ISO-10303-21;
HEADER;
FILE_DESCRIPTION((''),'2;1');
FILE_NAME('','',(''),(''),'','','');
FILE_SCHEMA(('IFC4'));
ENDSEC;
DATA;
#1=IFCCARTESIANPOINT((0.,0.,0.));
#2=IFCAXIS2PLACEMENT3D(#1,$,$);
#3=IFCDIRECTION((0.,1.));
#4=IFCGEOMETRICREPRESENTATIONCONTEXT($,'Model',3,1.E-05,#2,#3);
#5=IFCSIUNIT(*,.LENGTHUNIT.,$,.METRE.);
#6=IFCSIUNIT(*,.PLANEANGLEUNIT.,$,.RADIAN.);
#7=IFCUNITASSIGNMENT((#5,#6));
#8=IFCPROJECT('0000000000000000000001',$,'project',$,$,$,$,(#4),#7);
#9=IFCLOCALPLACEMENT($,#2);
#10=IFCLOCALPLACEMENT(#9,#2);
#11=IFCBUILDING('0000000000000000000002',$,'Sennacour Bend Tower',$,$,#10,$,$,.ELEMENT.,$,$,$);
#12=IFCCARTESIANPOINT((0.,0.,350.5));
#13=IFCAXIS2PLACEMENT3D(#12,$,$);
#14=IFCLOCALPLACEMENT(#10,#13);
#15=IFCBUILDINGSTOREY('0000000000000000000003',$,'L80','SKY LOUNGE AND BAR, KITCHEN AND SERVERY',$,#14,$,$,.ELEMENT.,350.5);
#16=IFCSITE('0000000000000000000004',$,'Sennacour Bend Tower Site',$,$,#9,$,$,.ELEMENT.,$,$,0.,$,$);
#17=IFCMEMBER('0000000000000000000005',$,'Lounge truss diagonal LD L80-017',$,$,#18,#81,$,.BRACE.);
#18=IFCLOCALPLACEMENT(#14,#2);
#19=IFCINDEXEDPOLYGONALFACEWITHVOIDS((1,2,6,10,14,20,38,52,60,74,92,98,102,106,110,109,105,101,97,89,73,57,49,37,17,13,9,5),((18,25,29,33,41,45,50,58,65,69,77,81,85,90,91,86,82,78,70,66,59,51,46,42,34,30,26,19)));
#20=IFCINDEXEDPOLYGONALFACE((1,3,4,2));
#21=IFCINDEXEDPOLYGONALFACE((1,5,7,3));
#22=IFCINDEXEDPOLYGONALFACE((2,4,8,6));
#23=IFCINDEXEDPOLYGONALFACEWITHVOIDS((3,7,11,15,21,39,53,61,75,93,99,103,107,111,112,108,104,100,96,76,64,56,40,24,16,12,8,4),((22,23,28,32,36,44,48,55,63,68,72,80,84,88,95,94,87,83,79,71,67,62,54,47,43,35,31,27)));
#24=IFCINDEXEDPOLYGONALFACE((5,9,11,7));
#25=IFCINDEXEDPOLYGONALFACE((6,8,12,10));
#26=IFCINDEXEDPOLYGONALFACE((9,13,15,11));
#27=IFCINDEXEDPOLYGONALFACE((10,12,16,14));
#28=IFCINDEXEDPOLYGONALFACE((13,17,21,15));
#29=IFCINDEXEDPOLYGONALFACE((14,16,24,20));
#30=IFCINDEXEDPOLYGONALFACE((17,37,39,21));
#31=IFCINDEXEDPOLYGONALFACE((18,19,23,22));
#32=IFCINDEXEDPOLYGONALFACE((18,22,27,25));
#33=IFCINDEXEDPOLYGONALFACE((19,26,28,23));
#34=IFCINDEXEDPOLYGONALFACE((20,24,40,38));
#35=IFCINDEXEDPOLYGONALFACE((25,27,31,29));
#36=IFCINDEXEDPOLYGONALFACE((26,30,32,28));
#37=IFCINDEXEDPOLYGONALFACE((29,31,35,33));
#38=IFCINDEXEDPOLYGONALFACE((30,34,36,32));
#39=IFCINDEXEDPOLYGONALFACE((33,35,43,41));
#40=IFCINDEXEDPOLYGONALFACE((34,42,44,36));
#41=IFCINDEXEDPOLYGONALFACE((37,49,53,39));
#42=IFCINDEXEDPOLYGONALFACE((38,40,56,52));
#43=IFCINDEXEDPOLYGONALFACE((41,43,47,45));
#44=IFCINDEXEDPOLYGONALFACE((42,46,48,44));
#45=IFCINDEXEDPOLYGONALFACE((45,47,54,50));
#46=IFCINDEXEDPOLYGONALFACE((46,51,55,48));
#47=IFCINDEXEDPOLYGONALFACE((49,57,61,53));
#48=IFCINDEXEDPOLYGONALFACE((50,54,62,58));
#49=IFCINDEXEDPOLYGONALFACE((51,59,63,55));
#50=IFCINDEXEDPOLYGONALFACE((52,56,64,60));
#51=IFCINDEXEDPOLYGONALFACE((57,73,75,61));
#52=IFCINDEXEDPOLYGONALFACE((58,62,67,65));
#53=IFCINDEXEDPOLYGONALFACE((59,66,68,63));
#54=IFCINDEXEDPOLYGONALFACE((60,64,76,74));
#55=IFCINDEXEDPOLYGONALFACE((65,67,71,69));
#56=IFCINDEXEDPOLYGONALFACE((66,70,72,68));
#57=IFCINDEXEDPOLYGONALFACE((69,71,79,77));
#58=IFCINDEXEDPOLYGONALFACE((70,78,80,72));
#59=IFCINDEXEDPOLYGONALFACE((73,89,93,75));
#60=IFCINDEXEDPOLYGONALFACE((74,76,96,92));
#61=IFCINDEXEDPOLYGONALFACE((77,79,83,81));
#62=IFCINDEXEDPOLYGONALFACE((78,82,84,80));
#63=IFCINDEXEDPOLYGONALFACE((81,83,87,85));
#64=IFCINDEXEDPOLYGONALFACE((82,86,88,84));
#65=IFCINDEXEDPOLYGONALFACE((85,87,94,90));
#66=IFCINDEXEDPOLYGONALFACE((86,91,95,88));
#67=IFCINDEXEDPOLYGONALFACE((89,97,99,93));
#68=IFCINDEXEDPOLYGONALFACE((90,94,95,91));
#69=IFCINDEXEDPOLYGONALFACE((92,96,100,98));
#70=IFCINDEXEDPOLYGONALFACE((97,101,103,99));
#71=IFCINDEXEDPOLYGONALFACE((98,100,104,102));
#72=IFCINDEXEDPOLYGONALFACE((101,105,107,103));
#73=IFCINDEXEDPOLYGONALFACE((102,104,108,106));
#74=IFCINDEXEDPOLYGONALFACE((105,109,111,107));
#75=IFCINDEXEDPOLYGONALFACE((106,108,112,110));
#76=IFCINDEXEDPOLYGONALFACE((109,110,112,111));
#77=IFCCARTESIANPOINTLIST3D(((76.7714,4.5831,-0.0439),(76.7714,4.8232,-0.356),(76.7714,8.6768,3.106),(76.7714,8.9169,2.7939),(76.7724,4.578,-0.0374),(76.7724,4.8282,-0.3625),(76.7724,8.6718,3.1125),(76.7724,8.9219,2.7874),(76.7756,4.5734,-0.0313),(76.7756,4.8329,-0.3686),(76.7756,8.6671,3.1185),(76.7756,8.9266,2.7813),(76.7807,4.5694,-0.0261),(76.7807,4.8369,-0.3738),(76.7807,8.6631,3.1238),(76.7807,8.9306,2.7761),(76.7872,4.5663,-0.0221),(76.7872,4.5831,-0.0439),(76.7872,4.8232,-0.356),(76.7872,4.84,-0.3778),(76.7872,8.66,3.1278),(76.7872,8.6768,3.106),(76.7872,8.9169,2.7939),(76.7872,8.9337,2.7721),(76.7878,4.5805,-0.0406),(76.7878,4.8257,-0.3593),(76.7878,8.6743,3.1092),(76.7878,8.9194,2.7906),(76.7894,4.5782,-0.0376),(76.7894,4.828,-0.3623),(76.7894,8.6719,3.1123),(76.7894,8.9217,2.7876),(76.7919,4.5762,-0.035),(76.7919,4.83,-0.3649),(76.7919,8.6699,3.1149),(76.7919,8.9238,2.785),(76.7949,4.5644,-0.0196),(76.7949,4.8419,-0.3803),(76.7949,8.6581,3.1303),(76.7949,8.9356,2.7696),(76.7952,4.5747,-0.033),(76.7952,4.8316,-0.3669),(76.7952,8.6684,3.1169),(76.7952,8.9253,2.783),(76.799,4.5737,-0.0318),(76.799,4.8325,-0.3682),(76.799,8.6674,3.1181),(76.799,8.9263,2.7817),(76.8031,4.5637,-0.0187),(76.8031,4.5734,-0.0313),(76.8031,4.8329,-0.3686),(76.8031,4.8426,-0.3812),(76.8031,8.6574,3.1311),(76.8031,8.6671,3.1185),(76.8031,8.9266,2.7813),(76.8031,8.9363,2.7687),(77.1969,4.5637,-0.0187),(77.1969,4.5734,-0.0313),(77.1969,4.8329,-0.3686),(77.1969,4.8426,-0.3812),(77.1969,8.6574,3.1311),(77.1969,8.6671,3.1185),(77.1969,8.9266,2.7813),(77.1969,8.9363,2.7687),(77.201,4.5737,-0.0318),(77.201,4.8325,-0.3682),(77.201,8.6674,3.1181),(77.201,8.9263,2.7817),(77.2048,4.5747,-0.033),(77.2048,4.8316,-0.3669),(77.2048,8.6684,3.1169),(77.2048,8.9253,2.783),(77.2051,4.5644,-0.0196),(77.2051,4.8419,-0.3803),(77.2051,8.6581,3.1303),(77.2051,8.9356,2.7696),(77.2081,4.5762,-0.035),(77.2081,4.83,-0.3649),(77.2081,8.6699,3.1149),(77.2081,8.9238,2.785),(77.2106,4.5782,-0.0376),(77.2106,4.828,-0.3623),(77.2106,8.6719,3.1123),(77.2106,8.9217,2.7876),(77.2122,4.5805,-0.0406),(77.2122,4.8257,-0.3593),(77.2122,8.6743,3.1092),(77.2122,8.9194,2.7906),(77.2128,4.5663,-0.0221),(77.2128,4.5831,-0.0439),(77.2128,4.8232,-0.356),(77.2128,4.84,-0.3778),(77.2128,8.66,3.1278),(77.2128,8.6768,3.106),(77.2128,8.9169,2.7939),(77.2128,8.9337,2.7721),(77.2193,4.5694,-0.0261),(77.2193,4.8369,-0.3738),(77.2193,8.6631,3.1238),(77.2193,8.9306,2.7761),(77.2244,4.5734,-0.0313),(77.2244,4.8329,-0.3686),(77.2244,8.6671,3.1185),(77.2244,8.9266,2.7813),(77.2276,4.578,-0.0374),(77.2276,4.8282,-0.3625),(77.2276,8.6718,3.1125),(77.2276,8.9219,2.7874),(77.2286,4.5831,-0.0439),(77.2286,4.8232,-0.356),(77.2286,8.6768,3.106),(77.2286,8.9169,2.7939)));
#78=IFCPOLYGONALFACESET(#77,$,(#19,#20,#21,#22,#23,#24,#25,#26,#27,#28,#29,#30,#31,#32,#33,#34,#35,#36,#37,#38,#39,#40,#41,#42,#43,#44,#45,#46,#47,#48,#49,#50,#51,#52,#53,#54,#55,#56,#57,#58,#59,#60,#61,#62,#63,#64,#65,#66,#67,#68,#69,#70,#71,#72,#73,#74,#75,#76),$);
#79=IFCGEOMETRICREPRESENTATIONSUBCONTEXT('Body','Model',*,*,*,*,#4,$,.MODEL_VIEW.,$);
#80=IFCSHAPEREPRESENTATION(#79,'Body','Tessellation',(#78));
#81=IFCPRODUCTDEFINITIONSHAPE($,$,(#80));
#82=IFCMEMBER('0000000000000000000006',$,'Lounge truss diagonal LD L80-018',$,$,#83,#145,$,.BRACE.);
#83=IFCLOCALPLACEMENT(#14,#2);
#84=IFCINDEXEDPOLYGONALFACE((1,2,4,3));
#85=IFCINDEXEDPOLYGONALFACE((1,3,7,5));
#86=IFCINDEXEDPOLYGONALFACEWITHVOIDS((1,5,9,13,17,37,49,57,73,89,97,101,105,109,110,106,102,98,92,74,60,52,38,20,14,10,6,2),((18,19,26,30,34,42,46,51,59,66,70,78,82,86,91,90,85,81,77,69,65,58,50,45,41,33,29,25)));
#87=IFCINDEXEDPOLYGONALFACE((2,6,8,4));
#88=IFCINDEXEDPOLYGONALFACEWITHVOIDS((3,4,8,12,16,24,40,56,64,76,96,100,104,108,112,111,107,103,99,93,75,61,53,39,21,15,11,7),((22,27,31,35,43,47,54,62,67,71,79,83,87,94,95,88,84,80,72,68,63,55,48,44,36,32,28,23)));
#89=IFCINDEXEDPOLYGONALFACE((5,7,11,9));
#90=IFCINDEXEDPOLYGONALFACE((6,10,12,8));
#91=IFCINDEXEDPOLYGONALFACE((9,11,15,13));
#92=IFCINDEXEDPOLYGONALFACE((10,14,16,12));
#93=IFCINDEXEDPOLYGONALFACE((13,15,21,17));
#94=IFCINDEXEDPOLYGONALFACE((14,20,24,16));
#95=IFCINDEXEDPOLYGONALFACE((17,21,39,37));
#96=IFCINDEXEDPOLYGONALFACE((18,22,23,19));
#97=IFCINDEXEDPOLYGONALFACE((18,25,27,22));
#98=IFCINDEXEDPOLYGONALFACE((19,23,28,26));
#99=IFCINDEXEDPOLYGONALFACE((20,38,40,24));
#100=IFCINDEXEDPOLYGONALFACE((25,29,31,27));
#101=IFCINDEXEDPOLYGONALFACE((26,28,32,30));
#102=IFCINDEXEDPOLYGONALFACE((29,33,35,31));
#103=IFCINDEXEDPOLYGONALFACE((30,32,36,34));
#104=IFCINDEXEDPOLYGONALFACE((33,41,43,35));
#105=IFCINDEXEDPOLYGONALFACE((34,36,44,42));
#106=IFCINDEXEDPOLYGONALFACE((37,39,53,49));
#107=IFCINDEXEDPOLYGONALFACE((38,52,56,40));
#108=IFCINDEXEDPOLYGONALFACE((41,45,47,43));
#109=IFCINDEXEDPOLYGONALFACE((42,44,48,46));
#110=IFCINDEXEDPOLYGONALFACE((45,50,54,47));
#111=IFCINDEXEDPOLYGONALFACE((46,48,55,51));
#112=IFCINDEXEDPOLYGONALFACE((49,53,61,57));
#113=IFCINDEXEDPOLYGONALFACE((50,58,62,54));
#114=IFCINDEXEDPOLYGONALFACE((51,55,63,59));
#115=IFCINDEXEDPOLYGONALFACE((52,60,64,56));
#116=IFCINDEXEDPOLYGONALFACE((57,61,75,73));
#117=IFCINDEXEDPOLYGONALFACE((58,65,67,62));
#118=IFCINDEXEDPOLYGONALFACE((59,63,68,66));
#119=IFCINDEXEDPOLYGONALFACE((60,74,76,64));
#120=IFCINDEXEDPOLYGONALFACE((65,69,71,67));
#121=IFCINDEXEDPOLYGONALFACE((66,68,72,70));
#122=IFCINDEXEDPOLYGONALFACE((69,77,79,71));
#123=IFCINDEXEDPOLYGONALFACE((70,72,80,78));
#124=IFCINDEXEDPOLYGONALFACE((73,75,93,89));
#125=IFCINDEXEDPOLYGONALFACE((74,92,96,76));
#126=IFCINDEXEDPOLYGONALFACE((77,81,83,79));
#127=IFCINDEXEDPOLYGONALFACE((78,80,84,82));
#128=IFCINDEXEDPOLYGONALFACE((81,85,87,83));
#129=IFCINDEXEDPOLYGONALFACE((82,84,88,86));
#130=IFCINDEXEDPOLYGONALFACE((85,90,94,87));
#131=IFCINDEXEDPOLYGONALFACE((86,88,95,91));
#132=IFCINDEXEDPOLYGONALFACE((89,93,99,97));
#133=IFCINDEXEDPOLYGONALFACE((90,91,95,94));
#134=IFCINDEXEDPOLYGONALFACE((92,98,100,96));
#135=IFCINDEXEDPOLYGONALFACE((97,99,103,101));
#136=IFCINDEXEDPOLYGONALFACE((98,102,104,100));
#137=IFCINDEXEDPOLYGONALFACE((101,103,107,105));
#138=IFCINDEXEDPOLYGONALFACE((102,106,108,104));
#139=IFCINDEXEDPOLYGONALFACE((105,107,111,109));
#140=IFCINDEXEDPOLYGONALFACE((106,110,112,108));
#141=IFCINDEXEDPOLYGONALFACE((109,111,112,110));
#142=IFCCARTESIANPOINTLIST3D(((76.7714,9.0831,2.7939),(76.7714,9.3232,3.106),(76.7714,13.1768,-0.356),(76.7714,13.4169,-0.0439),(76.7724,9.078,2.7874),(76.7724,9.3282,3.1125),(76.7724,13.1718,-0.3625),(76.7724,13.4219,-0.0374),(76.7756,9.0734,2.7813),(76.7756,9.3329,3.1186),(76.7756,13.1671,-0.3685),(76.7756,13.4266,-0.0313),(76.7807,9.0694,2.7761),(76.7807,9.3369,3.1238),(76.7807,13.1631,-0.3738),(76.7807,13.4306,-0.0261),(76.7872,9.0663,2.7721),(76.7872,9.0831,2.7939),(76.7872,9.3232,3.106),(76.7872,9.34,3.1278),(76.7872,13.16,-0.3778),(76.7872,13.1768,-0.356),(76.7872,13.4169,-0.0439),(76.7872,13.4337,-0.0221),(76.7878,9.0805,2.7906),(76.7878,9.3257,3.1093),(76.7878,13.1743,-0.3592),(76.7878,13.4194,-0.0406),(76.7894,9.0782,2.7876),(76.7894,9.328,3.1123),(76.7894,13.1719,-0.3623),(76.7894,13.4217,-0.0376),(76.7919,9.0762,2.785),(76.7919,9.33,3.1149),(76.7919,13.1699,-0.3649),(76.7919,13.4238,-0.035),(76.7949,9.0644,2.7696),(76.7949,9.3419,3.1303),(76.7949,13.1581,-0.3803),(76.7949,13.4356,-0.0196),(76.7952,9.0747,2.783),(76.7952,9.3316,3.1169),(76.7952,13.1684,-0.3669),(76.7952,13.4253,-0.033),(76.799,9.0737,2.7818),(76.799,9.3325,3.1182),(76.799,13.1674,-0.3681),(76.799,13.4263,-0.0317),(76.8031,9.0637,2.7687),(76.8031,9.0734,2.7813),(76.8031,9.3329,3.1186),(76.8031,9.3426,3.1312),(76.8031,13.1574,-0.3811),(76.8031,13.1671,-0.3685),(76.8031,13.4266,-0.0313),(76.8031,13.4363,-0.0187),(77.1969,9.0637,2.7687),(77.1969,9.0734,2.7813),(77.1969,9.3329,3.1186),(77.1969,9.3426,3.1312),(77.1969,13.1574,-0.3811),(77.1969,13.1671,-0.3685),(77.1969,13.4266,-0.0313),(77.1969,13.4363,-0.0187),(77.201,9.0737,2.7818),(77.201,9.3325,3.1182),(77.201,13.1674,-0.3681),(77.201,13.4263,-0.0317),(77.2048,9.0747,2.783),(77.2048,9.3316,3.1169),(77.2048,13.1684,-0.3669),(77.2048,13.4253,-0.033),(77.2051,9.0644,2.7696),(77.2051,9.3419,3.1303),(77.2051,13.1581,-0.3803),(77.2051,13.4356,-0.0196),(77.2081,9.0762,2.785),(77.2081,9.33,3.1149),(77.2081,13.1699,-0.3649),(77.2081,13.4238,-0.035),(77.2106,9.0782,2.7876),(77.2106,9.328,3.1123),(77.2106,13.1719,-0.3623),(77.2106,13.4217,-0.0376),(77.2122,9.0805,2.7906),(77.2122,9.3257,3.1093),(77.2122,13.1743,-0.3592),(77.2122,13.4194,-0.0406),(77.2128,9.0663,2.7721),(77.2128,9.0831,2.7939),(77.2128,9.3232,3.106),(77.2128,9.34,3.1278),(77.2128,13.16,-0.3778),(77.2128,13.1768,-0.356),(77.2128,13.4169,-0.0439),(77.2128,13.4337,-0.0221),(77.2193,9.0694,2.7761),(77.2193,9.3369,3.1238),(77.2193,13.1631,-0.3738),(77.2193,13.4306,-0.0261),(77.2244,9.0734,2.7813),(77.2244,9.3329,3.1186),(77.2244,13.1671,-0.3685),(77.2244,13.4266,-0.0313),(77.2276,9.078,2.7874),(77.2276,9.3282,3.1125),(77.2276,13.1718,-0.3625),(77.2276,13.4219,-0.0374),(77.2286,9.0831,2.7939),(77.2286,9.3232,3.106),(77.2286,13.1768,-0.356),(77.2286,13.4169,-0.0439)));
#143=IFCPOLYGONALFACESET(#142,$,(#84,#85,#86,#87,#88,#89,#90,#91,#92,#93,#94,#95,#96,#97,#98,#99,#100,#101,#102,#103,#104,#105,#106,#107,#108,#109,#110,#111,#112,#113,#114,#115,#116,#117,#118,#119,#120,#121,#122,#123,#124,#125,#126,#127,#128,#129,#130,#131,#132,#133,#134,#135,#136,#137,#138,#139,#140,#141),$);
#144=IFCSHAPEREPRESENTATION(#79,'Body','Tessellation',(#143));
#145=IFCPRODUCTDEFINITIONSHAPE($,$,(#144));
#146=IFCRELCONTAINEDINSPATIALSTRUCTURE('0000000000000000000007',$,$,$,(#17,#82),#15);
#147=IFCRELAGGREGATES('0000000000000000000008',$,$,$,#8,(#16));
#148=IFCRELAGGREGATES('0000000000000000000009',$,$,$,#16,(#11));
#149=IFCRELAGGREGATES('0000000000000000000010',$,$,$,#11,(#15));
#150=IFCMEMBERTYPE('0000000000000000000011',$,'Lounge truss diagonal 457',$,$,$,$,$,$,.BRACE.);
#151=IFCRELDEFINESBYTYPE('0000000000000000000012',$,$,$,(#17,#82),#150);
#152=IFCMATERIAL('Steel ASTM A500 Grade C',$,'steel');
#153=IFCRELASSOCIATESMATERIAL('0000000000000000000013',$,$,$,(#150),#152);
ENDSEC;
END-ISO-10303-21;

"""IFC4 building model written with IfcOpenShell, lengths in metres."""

from ifc_helpers import new_model, si_unit, direction, frame, origin, origin_2d, place, context, subcontext, project, spatial, hollow_rectangle, extrude, material, material_profile, profile_set, type_object, element, save


model = new_model("IFC4")

# Units and contexts
model_context = context("Model", 3, precision=1e-05, world=origin(), true_north=direction((0.0, 1.0)))
body_context = subcontext(model_context, "Body", "Model", "MODEL_VIEW")
ifc_project = project(units=[si_unit("LENGTHUNIT", "METRE"), si_unit("PLANEANGLEUNIT", "RADIAN")], contexts=[model_context])

# Site, building, storey
site_placement = place(None, origin())
site = spatial("IfcSite", under=ifc_project, at=site_placement, Name="Sennacour Bend Tower Site", CompositionType="ELEMENT", RefElevation=0.0)
building_placement = place(site_placement, origin())
building = spatial("IfcBuilding", under=site, at=building_placement, Name="Sennacour Bend Tower", CompositionType="ELEMENT")
storey_placement = place(building_placement, frame((0.0, 0.0, 350.5)))
storey = spatial("IfcBuildingStorey", under=building, at=storey_placement, Name="L80", Description="SKY LOUNGE AND BAR, KITCHEN AND SERVERY", CompositionType="ELEMENT", Elevation=350.5)

# Members
ifc_material_1 = material(Name="Steel ASTM A500 Grade C", Category="steel")
ifc_material_profile_1 = material_profile(ifc_material_1, hollow_rectangle(XDim=0.4573, YDim=0.4573, WallThickness=0.0159, InnerFilletRadius=0.0159, OuterFilletRadius=0.0317, at=origin_2d()), Name="Steel ASTM A500 Grade C", Category="steel")
ifc_profile_set_1 = profile_set([ifc_material_profile_1], Name="Steel ASTM A500 Grade C")
member_type_1 = type_object("IfcMemberType", Name="Lounge truss diagonal 457", PredefinedType="BRACE", material=ifc_profile_set_1)
for number, where, z_axis, x_axis, name in (
    (1, (77.0, 4.7031, -0.2), (0.0, 0.792543, 0.609816), (-1.0, 0.0, 0.0), "Lounge truss diagonal LD L80-017"),
    (2, (77.0, 9.2031, 2.95), (0.0, 0.792543, -0.609816), (-1.0, 0.0, 0.0), "Lounge truss diagonal LD L80-018"),
):
    element("IfcMember", number, at=place(storey_placement, frame(where, z_axis=z_axis, x_axis=x_axis)), inside=storey, type_object=member_type_1, Name=name, PredefinedType="BRACE", context=body_context, shape_type="SweptSolid", body=[
        extrude(hollow_rectangle(XDim=0.4573, YDim=0.4573, WallThickness=0.0159, InnerFilletRadius=0.0159, OuterFilletRadius=0.0317, at=origin_2d()), origin(), (0.0, 0.0, 1.0), 5.1653),
    ])

save(model, "model.ifc")
